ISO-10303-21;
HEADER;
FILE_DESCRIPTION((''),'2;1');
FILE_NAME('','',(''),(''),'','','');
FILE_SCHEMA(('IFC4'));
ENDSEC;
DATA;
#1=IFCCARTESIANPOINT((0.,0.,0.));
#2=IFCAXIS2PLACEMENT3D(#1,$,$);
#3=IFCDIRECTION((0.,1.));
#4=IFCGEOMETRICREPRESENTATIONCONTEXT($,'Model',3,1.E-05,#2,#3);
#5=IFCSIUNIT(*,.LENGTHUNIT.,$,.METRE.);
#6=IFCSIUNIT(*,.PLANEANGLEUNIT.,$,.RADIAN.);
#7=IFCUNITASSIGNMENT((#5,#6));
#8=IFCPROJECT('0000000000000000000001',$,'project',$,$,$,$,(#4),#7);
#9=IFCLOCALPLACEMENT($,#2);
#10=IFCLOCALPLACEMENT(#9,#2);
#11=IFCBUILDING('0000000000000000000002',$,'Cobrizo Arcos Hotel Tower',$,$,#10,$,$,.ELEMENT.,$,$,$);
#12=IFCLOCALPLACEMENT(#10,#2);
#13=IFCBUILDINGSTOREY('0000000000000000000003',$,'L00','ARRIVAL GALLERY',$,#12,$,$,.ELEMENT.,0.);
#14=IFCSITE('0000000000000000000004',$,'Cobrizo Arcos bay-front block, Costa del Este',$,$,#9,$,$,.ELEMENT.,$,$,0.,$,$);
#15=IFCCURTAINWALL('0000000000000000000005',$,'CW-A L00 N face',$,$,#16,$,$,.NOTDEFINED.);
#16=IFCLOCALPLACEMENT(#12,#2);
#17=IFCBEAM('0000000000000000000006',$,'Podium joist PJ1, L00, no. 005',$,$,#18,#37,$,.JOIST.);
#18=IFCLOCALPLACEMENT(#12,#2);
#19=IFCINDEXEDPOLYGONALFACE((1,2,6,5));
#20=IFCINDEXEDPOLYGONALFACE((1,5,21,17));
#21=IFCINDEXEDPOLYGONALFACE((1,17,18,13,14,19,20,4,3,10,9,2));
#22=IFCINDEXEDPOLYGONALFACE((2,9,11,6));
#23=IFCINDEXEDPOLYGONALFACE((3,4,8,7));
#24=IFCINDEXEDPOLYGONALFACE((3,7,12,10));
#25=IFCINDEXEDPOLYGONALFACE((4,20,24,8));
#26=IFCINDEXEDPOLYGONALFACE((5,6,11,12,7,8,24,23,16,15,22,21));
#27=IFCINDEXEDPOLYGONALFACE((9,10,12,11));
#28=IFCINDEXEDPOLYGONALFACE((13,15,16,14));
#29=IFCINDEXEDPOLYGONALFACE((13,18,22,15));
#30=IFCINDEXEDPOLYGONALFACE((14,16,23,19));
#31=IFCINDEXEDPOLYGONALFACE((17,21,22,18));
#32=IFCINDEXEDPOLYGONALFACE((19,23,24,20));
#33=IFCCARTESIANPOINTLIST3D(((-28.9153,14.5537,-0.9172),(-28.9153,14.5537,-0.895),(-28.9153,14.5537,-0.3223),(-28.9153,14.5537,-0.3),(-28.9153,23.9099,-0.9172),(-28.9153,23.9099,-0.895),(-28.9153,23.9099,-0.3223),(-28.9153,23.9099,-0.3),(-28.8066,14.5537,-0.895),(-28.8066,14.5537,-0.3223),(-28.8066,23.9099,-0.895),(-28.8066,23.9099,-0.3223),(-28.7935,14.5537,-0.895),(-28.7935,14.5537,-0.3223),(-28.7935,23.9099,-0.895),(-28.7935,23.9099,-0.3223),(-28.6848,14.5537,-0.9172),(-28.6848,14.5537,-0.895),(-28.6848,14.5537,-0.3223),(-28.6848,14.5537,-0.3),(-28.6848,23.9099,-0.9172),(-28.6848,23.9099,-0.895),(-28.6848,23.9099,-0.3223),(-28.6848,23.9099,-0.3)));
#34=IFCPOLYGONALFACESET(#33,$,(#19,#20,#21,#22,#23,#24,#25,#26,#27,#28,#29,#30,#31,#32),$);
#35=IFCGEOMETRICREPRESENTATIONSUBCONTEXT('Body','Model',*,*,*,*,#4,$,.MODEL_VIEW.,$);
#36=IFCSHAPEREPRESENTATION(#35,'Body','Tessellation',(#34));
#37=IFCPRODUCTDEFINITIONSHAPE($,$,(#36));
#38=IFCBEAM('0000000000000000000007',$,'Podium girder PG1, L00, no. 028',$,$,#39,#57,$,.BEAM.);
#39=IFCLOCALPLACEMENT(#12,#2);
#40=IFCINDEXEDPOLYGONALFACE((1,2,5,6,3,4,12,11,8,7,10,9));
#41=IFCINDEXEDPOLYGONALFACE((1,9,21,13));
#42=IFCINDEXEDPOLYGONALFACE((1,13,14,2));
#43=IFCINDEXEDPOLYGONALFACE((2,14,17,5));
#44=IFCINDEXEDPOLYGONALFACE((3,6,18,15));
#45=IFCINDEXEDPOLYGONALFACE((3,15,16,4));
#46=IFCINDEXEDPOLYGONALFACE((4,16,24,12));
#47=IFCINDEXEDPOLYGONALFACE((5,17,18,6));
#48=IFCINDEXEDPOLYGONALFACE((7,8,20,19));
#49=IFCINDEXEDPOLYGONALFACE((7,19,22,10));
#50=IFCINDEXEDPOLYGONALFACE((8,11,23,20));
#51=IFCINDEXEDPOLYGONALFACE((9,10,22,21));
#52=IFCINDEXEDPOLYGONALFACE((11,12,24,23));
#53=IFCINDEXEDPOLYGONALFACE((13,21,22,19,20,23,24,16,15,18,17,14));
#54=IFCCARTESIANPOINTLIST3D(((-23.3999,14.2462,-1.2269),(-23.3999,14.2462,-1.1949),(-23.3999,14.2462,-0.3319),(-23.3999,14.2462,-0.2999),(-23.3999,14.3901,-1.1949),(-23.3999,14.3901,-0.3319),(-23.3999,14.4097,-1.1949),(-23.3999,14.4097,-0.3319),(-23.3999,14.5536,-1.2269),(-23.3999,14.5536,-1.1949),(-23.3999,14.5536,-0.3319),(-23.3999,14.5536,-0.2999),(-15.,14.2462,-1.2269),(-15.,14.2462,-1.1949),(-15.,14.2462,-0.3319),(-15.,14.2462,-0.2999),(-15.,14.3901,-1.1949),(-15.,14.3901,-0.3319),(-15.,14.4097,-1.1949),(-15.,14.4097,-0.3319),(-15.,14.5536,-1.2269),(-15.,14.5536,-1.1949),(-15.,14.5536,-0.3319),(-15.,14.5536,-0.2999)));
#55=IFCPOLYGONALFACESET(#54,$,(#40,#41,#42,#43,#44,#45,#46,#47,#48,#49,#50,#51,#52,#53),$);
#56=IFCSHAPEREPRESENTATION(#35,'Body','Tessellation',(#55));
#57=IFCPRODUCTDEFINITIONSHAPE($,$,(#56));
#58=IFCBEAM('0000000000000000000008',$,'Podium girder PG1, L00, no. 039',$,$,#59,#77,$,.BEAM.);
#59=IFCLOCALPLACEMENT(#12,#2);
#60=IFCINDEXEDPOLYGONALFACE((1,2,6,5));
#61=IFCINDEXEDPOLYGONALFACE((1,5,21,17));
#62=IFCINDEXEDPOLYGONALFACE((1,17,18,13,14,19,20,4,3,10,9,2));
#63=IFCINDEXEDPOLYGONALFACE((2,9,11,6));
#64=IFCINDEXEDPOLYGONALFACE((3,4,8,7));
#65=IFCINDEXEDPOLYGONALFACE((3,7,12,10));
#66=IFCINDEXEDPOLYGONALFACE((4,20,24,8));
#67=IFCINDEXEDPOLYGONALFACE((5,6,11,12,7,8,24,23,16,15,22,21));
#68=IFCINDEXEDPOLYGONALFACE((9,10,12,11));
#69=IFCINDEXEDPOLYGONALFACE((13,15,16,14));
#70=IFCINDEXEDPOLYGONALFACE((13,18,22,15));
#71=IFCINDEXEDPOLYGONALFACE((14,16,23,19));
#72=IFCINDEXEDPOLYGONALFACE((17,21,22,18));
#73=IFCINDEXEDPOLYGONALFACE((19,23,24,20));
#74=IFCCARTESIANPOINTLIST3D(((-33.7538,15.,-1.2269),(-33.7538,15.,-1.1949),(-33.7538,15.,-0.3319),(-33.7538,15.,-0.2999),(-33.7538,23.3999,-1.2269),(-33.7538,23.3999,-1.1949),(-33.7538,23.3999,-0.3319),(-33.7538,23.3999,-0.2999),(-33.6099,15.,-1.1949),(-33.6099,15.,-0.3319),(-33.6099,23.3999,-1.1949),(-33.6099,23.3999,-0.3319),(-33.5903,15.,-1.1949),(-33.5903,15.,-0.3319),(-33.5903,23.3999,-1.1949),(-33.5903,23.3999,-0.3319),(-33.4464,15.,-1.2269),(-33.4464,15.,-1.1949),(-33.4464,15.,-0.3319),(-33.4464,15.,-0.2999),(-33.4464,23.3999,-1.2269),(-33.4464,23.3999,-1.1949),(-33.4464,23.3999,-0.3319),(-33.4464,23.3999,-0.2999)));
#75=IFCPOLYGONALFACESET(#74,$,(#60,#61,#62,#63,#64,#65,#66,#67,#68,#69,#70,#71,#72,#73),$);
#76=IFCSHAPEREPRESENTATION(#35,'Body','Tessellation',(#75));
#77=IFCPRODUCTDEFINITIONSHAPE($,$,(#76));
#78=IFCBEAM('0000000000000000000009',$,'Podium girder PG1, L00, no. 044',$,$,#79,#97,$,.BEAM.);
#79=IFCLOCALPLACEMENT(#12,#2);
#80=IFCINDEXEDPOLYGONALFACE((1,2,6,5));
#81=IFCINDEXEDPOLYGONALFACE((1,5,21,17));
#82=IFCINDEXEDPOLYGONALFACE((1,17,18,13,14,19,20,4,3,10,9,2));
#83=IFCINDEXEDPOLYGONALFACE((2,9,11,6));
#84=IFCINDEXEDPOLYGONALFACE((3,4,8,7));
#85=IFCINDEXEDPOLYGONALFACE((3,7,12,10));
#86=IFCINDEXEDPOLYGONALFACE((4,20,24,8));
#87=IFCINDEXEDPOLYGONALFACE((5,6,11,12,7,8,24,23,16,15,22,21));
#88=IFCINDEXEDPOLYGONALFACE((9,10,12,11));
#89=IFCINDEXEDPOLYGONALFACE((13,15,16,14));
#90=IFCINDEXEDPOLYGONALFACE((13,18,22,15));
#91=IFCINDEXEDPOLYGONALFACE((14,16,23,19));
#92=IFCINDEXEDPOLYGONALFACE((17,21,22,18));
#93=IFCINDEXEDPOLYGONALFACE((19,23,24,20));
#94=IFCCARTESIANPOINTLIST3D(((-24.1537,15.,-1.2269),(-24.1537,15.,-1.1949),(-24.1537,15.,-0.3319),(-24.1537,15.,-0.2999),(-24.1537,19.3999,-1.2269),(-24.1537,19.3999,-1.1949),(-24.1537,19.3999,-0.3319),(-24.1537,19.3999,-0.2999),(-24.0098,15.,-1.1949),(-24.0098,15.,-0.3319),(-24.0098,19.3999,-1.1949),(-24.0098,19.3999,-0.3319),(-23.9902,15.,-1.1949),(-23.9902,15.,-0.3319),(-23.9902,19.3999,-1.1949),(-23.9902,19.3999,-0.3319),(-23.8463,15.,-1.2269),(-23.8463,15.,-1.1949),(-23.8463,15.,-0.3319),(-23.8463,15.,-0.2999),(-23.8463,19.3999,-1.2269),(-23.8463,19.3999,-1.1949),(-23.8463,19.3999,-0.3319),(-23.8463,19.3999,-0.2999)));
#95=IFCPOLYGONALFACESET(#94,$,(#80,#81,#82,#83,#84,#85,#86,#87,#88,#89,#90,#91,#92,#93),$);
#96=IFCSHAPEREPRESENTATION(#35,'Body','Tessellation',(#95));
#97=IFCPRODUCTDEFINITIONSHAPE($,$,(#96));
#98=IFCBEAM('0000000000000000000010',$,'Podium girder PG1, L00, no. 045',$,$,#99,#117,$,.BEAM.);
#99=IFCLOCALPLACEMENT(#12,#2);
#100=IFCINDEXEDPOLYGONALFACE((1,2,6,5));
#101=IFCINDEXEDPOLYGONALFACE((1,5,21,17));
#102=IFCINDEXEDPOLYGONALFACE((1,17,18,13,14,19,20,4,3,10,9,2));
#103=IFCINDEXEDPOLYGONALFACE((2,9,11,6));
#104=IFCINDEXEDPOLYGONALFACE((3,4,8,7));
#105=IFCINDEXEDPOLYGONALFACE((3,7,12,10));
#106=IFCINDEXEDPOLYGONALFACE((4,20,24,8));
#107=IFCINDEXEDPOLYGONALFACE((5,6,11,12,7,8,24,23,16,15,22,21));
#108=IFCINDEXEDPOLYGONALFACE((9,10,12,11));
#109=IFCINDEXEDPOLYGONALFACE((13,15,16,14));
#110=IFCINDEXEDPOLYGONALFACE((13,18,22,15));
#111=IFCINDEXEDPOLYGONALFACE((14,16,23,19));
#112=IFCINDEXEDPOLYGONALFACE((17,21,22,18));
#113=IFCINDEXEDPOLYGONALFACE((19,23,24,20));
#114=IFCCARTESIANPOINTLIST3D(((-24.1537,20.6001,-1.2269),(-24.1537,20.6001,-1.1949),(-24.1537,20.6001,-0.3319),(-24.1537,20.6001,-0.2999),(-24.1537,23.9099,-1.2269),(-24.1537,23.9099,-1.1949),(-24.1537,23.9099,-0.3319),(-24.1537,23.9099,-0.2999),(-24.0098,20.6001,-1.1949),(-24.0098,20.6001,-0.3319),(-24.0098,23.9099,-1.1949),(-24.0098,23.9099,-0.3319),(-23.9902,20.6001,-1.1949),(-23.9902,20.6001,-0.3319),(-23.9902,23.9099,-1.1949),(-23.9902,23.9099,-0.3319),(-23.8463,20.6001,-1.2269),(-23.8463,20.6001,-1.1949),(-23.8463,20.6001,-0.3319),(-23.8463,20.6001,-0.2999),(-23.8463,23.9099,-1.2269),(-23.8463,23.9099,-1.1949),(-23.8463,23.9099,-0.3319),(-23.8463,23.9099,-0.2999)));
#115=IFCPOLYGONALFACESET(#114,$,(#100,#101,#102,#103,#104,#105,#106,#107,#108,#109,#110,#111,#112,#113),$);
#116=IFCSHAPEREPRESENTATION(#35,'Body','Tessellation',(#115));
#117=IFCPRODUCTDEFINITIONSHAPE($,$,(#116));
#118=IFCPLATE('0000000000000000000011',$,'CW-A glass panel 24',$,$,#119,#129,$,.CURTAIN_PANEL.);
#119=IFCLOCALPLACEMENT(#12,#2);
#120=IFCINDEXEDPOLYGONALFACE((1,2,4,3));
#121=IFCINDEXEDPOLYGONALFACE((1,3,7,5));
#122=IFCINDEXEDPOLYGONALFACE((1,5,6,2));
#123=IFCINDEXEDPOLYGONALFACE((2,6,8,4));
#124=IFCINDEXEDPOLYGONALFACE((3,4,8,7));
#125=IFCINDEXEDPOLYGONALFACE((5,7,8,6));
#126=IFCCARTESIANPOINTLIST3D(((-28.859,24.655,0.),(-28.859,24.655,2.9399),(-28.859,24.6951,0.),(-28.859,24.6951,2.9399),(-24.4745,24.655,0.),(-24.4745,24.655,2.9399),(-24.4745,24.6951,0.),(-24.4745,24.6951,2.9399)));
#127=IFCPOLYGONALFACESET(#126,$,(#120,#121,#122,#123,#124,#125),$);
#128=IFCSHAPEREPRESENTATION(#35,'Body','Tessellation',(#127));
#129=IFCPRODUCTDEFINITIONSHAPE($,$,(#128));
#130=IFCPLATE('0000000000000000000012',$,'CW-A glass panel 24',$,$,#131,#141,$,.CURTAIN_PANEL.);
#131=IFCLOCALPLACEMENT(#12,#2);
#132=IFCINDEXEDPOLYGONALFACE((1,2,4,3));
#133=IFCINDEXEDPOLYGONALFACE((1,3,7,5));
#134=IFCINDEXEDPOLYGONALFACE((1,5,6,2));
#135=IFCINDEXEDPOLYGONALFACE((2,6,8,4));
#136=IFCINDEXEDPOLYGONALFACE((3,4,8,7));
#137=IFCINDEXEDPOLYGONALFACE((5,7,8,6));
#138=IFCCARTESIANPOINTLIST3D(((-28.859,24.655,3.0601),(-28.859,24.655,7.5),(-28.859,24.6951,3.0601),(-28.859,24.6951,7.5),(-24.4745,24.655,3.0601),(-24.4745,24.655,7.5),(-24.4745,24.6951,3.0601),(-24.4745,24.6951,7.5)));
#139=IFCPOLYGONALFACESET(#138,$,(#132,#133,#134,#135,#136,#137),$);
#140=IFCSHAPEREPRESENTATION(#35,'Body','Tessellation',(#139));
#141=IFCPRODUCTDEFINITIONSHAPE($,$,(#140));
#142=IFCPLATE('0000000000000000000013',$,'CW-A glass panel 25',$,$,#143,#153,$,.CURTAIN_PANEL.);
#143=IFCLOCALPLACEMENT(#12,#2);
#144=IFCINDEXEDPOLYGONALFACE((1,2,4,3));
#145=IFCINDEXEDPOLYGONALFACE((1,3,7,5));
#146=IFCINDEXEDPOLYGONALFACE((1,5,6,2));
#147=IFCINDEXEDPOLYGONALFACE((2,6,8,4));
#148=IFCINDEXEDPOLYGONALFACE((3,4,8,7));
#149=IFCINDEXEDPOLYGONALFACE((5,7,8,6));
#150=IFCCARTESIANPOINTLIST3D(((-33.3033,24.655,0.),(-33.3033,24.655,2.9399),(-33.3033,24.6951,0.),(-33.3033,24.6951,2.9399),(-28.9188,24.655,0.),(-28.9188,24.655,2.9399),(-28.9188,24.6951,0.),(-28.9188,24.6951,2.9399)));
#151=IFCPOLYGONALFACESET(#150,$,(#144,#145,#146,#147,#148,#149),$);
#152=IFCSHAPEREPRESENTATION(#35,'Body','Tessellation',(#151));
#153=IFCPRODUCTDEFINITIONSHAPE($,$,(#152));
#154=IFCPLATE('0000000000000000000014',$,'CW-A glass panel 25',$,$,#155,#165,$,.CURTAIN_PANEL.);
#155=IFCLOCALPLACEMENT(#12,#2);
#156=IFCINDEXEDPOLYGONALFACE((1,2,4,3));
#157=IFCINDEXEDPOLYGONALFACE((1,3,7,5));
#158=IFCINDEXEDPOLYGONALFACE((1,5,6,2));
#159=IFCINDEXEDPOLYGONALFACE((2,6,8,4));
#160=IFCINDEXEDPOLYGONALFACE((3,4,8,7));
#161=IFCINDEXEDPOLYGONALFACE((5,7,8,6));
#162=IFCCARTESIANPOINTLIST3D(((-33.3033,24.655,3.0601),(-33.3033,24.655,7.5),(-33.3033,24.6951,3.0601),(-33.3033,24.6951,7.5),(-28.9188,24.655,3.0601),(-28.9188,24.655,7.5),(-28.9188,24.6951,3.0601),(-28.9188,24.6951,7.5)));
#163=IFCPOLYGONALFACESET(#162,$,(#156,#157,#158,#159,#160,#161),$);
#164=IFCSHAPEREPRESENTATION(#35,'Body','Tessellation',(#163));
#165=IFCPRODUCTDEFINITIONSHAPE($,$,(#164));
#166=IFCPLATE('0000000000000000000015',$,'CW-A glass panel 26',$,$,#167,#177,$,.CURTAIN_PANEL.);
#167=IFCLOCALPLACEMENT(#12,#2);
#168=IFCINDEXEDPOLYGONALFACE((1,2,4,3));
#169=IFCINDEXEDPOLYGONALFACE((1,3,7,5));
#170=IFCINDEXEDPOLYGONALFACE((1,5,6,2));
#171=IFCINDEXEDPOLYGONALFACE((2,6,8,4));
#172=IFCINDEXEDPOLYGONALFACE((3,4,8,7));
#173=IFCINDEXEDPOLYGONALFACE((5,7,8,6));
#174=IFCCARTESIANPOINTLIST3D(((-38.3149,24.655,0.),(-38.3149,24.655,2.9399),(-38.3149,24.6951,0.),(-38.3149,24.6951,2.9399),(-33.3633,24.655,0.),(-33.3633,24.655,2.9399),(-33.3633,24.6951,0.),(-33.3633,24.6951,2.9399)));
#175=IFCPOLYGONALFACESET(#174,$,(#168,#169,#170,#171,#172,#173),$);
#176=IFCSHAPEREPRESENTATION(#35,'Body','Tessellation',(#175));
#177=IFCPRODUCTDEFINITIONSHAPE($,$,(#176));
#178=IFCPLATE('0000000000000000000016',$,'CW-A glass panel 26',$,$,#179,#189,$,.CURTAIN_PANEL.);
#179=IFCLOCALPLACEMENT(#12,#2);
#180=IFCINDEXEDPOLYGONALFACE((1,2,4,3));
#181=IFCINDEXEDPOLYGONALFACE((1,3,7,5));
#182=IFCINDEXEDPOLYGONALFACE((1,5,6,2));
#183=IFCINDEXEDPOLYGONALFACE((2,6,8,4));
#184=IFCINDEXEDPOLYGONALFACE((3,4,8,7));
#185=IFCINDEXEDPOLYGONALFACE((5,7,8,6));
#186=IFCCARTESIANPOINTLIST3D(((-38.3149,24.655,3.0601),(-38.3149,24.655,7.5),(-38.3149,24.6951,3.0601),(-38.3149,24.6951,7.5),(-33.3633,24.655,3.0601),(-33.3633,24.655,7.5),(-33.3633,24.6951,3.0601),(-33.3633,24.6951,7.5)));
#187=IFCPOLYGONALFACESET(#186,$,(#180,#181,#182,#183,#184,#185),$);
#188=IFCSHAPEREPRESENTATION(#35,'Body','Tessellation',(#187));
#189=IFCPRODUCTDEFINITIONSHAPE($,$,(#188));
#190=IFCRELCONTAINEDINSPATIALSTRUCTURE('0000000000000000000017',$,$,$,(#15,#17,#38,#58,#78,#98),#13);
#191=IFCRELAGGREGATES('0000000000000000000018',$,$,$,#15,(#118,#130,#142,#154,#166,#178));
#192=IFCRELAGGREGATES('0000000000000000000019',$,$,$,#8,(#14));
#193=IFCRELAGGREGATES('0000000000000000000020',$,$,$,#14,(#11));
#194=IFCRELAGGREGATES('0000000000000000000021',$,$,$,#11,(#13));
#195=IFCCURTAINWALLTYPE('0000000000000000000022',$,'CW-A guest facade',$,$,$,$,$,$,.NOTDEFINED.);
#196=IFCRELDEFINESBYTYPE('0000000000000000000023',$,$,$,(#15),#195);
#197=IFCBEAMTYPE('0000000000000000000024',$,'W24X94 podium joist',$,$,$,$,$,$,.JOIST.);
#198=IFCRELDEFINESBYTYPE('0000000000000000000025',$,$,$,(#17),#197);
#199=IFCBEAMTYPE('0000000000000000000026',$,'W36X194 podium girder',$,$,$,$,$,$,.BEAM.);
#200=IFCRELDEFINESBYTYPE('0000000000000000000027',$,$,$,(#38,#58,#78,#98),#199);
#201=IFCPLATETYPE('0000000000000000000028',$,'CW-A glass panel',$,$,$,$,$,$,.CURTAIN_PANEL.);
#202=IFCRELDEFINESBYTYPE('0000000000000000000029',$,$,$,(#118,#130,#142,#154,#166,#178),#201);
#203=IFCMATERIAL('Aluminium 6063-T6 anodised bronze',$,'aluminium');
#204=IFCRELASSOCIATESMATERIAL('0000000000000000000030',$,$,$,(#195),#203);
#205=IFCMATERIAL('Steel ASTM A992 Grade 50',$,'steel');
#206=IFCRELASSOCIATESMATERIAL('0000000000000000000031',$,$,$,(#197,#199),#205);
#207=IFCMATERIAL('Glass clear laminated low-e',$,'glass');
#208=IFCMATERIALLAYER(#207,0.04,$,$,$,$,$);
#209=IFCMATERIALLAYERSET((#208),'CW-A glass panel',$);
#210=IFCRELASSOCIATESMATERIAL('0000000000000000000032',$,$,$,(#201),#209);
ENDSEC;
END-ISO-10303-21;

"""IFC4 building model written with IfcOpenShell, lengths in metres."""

from ifc_helpers import new_model, si_unit, direction, frame, origin, origin_2d, place, context, subcontext, project, spatial, rectangle, i_section, extrude, material, layer, layer_set, material_profile, profile_set, type_object, element, aggregate, save


model = new_model("IFC4")

# Units and contexts
model_context = context("Model", 3, precision=1e-05, world=origin(), true_north=direction((0.0, 1.0)))
body_context = subcontext(model_context, "Body", "Model", "MODEL_VIEW")
ifc_project = project(units=[si_unit("LENGTHUNIT", "METRE"), si_unit("PLANEANGLEUNIT", "RADIAN")], contexts=[model_context])

# Site, building, storey
site_placement = place(None, origin())
site = spatial("IfcSite", under=ifc_project, at=site_placement, Name="Cobrizo Arcos bay-front block, Costa del Este", CompositionType="ELEMENT", RefElevation=0.0)
building_placement = place(site_placement, origin())
building = spatial("IfcBuilding", under=site, at=building_placement, Name="Cobrizo Arcos Hotel Tower", CompositionType="ELEMENT")
storey_placement = place(building_placement, origin())
storey = spatial("IfcBuildingStorey", under=building, at=storey_placement, Name="L00", Description="ARRIVAL GALLERY", CompositionType="ELEMENT", Elevation=0.0)

# Curtain wall
ifc_material_1 = material(Name="Aluminium 6063-T6 anodised bronze", Category="aluminium")
curtain_wall_type_1 = type_object("IfcCurtainWallType", Name="CW-A guest facade", PredefinedType="NOTDEFINED", material=ifc_material_1)
curtain_wall_1_placement = place(storey_placement, origin())
curtain_wall_1 = element("IfcCurtainWall", 1, at=curtain_wall_1_placement, inside=storey, type_object=curtain_wall_type_1, Name="CW-A L00 N face", PredefinedType="NOTDEFINED")

# Beams
ifc_material_2 = material(Name="Steel ASTM A992 Grade 50", Category="steel")
ifc_material_profile_1 = material_profile(ifc_material_2, i_section(OverallWidth=0.2305, OverallDepth=0.6172, WebThickness=0.0132, FlangeThickness=0.0222, at=origin_2d()), Name="W24X94")
ifc_profile_set_1 = profile_set([ifc_material_profile_1], Name="Steel ASTM A992 Grade 50")
beam_type_1 = type_object("IfcBeamType", Name="W24X94 podium joist", PredefinedType="JOIST", material=ifc_profile_set_1)
beam_1_placement = place(storey_placement, frame((-28.8, 14.5537, -0.6086), z_axis=(0.0, 1.0, 0.0), x_axis=(-1.0, 0.0, 0.0)))
element("IfcBeam", 2, at=beam_1_placement, inside=storey, type_object=beam_type_1, Name="Podium joist PJ1, L00, no. 005", PredefinedType="JOIST", context=body_context, shape_type="SweptSolid", body=[
    extrude(i_section(OverallWidth=0.2305, OverallDepth=0.6172, WebThickness=0.0132, FlangeThickness=0.0222, at=origin_2d()), origin(), (0.0, 0.0, 1.0), 9.3562),
])
ifc_material_profile_2 = material_profile(ifc_material_2, i_section(OverallWidth=0.3074, OverallDepth=0.927, WebThickness=0.0195, FlangeThickness=0.032, at=origin_2d()), Name="W36X194")
ifc_profile_set_2 = profile_set([ifc_material_profile_2], Name="Steel ASTM A992 Grade 50")
beam_type_2 = type_object("IfcBeamType", Name="W36X194 podium girder", PredefinedType="BEAM", material=ifc_profile_set_2)
for number, where, z_axis, x_axis, name in (
    (3, (-23.3999, 14.3999, -0.7634), (1.0, 0.0, 0.0), (0.0, 1.0, 0.0), "Podium girder PG1, L00, no. 028"),
    (4, (-33.6001, 15.0, -0.7634), (0.0, 1.0, 0.0), (-1.0, 0.0, 0.0), "Podium girder PG1, L00, no. 039"),
):
    element("IfcBeam", number, at=place(storey_placement, frame(where, z_axis=z_axis, x_axis=x_axis)), inside=storey, type_object=beam_type_2, Name=name, PredefinedType="BEAM", context=body_context, shape_type="SweptSolid", body=[
        extrude(i_section(OverallWidth=0.3074, OverallDepth=0.927, WebThickness=0.0195, FlangeThickness=0.032, at=origin_2d()), origin(), (0.0, 0.0, 1.0), 8.3999),
    ])
beam_2_placement = place(storey_placement, frame((-24.0, 15.0, -0.7634), z_axis=(0.0, 1.0, 0.0), x_axis=(-1.0, 0.0, 0.0)))
element("IfcBeam", 5, at=beam_2_placement, inside=storey, type_object=beam_type_2, Name="Podium girder PG1, L00, no. 044", PredefinedType="BEAM", context=body_context, shape_type="SweptSolid", body=[
    extrude(i_section(OverallWidth=0.3074, OverallDepth=0.927, WebThickness=0.0195, FlangeThickness=0.032, at=origin_2d()), origin(), (0.0, 0.0, 1.0), 4.3999),
])
beam_3_placement = place(storey_placement, frame((-24.0, 20.6001, -0.7634), z_axis=(0.0, 1.0, 0.0), x_axis=(-1.0, 0.0, 0.0)))
element("IfcBeam", 6, at=beam_3_placement, inside=storey, type_object=beam_type_2, Name="Podium girder PG1, L00, no. 045", PredefinedType="BEAM", context=body_context, shape_type="SweptSolid", body=[
    extrude(i_section(OverallWidth=0.3074, OverallDepth=0.927, WebThickness=0.0195, FlangeThickness=0.032, at=origin_2d()), origin(), (0.0, 0.0, 1.0), 3.3098),
])

# Plates
ifc_material_3 = material(Name="Glass clear laminated low-e", Category="glass")
ifc_layer_1 = layer(ifc_material_3, 0.04)
ifc_layer_set_1 = layer_set([ifc_layer_1], Name="CW-A glass panel")
plate_type_1 = type_object("IfcPlateType", Name="CW-A glass panel", PredefinedType="CURTAIN_PANEL", material=ifc_layer_set_1)
plate_1_placement = place(storey_placement, frame((-26.6667, 24.675, 0.0), z_axis=(0.0, 0.0, 1.0), x_axis=(-1.0, 0.0, 0.0)))
plate_1 = element("IfcPlate", 7, at=plate_1_placement, type_object=plate_type_1, Name="CW-A glass panel 24", PredefinedType="CURTAIN_PANEL", context=body_context, shape_type="SweptSolid", body=[
    extrude(rectangle(XDim=4.3845, YDim=0.04, at=origin_2d()), origin(), (0.0, 0.0, 1.0), 2.9399),
])
plate_2_placement = place(storey_placement, frame((-26.6667, 24.675, 3.0601), z_axis=(0.0, 0.0, 1.0), x_axis=(-1.0, 0.0, 0.0)))
plate_2 = element("IfcPlate", 8, at=plate_2_placement, type_object=plate_type_1, Name="CW-A glass panel 24", PredefinedType="CURTAIN_PANEL", context=body_context, shape_type="SweptSolid", body=[
    extrude(rectangle(XDim=4.3845, YDim=0.04, at=origin_2d()), origin(), (0.0, 0.0, 1.0), 4.4399),
])
plate_3_placement = place(storey_placement, frame((-31.1111, 24.675, 0.0), z_axis=(0.0, 0.0, 1.0), x_axis=(-1.0, 0.0, 0.0)))
plate_3 = element("IfcPlate", 9, at=plate_3_placement, type_object=plate_type_1, Name="CW-A glass panel 25", PredefinedType="CURTAIN_PANEL", context=body_context, shape_type="SweptSolid", body=[
    extrude(rectangle(XDim=4.3845, YDim=0.04, at=origin_2d()), origin(), (0.0, 0.0, 1.0), 2.9399),
])
plate_4_placement = place(storey_placement, frame((-31.1111, 24.675, 3.0601), z_axis=(0.0, 0.0, 1.0), x_axis=(-1.0, 0.0, 0.0)))
plate_4 = element("IfcPlate", 10, at=plate_4_placement, type_object=plate_type_1, Name="CW-A glass panel 25", PredefinedType="CURTAIN_PANEL", context=body_context, shape_type="SweptSolid", body=[
    extrude(rectangle(XDim=4.3845, YDim=0.04, at=origin_2d()), origin(), (0.0, 0.0, 1.0), 4.4399),
])
plate_5_placement = place(storey_placement, frame((-35.8391, 24.675, 0.0), z_axis=(0.0, 0.0, 1.0), x_axis=(-1.0, 0.0, 0.0)))
plate_5 = element("IfcPlate", 11, at=plate_5_placement, type_object=plate_type_1, Name="CW-A glass panel 26", PredefinedType="CURTAIN_PANEL", context=body_context, shape_type="SweptSolid", body=[
    extrude(rectangle(XDim=4.9517, YDim=0.04, at=origin_2d()), origin(), (0.0, 0.0, 1.0), 2.9399),
])
plate_6_placement = place(storey_placement, frame((-35.8391, 24.675, 3.0601), z_axis=(0.0, 0.0, 1.0), x_axis=(-1.0, 0.0, 0.0)))
plate_6 = element("IfcPlate", 12, at=plate_6_placement, type_object=plate_type_1, Name="CW-A glass panel 26", PredefinedType="CURTAIN_PANEL", context=body_context, shape_type="SweptSolid", body=[
    extrude(rectangle(XDim=4.9517, YDim=0.04, at=origin_2d()), origin(), (0.0, 0.0, 1.0), 4.4399),
])
aggregate(curtain_wall_1, [plate_1, plate_2, plate_3, plate_4, plate_5, plate_6])

save(model, "model.ifc")
